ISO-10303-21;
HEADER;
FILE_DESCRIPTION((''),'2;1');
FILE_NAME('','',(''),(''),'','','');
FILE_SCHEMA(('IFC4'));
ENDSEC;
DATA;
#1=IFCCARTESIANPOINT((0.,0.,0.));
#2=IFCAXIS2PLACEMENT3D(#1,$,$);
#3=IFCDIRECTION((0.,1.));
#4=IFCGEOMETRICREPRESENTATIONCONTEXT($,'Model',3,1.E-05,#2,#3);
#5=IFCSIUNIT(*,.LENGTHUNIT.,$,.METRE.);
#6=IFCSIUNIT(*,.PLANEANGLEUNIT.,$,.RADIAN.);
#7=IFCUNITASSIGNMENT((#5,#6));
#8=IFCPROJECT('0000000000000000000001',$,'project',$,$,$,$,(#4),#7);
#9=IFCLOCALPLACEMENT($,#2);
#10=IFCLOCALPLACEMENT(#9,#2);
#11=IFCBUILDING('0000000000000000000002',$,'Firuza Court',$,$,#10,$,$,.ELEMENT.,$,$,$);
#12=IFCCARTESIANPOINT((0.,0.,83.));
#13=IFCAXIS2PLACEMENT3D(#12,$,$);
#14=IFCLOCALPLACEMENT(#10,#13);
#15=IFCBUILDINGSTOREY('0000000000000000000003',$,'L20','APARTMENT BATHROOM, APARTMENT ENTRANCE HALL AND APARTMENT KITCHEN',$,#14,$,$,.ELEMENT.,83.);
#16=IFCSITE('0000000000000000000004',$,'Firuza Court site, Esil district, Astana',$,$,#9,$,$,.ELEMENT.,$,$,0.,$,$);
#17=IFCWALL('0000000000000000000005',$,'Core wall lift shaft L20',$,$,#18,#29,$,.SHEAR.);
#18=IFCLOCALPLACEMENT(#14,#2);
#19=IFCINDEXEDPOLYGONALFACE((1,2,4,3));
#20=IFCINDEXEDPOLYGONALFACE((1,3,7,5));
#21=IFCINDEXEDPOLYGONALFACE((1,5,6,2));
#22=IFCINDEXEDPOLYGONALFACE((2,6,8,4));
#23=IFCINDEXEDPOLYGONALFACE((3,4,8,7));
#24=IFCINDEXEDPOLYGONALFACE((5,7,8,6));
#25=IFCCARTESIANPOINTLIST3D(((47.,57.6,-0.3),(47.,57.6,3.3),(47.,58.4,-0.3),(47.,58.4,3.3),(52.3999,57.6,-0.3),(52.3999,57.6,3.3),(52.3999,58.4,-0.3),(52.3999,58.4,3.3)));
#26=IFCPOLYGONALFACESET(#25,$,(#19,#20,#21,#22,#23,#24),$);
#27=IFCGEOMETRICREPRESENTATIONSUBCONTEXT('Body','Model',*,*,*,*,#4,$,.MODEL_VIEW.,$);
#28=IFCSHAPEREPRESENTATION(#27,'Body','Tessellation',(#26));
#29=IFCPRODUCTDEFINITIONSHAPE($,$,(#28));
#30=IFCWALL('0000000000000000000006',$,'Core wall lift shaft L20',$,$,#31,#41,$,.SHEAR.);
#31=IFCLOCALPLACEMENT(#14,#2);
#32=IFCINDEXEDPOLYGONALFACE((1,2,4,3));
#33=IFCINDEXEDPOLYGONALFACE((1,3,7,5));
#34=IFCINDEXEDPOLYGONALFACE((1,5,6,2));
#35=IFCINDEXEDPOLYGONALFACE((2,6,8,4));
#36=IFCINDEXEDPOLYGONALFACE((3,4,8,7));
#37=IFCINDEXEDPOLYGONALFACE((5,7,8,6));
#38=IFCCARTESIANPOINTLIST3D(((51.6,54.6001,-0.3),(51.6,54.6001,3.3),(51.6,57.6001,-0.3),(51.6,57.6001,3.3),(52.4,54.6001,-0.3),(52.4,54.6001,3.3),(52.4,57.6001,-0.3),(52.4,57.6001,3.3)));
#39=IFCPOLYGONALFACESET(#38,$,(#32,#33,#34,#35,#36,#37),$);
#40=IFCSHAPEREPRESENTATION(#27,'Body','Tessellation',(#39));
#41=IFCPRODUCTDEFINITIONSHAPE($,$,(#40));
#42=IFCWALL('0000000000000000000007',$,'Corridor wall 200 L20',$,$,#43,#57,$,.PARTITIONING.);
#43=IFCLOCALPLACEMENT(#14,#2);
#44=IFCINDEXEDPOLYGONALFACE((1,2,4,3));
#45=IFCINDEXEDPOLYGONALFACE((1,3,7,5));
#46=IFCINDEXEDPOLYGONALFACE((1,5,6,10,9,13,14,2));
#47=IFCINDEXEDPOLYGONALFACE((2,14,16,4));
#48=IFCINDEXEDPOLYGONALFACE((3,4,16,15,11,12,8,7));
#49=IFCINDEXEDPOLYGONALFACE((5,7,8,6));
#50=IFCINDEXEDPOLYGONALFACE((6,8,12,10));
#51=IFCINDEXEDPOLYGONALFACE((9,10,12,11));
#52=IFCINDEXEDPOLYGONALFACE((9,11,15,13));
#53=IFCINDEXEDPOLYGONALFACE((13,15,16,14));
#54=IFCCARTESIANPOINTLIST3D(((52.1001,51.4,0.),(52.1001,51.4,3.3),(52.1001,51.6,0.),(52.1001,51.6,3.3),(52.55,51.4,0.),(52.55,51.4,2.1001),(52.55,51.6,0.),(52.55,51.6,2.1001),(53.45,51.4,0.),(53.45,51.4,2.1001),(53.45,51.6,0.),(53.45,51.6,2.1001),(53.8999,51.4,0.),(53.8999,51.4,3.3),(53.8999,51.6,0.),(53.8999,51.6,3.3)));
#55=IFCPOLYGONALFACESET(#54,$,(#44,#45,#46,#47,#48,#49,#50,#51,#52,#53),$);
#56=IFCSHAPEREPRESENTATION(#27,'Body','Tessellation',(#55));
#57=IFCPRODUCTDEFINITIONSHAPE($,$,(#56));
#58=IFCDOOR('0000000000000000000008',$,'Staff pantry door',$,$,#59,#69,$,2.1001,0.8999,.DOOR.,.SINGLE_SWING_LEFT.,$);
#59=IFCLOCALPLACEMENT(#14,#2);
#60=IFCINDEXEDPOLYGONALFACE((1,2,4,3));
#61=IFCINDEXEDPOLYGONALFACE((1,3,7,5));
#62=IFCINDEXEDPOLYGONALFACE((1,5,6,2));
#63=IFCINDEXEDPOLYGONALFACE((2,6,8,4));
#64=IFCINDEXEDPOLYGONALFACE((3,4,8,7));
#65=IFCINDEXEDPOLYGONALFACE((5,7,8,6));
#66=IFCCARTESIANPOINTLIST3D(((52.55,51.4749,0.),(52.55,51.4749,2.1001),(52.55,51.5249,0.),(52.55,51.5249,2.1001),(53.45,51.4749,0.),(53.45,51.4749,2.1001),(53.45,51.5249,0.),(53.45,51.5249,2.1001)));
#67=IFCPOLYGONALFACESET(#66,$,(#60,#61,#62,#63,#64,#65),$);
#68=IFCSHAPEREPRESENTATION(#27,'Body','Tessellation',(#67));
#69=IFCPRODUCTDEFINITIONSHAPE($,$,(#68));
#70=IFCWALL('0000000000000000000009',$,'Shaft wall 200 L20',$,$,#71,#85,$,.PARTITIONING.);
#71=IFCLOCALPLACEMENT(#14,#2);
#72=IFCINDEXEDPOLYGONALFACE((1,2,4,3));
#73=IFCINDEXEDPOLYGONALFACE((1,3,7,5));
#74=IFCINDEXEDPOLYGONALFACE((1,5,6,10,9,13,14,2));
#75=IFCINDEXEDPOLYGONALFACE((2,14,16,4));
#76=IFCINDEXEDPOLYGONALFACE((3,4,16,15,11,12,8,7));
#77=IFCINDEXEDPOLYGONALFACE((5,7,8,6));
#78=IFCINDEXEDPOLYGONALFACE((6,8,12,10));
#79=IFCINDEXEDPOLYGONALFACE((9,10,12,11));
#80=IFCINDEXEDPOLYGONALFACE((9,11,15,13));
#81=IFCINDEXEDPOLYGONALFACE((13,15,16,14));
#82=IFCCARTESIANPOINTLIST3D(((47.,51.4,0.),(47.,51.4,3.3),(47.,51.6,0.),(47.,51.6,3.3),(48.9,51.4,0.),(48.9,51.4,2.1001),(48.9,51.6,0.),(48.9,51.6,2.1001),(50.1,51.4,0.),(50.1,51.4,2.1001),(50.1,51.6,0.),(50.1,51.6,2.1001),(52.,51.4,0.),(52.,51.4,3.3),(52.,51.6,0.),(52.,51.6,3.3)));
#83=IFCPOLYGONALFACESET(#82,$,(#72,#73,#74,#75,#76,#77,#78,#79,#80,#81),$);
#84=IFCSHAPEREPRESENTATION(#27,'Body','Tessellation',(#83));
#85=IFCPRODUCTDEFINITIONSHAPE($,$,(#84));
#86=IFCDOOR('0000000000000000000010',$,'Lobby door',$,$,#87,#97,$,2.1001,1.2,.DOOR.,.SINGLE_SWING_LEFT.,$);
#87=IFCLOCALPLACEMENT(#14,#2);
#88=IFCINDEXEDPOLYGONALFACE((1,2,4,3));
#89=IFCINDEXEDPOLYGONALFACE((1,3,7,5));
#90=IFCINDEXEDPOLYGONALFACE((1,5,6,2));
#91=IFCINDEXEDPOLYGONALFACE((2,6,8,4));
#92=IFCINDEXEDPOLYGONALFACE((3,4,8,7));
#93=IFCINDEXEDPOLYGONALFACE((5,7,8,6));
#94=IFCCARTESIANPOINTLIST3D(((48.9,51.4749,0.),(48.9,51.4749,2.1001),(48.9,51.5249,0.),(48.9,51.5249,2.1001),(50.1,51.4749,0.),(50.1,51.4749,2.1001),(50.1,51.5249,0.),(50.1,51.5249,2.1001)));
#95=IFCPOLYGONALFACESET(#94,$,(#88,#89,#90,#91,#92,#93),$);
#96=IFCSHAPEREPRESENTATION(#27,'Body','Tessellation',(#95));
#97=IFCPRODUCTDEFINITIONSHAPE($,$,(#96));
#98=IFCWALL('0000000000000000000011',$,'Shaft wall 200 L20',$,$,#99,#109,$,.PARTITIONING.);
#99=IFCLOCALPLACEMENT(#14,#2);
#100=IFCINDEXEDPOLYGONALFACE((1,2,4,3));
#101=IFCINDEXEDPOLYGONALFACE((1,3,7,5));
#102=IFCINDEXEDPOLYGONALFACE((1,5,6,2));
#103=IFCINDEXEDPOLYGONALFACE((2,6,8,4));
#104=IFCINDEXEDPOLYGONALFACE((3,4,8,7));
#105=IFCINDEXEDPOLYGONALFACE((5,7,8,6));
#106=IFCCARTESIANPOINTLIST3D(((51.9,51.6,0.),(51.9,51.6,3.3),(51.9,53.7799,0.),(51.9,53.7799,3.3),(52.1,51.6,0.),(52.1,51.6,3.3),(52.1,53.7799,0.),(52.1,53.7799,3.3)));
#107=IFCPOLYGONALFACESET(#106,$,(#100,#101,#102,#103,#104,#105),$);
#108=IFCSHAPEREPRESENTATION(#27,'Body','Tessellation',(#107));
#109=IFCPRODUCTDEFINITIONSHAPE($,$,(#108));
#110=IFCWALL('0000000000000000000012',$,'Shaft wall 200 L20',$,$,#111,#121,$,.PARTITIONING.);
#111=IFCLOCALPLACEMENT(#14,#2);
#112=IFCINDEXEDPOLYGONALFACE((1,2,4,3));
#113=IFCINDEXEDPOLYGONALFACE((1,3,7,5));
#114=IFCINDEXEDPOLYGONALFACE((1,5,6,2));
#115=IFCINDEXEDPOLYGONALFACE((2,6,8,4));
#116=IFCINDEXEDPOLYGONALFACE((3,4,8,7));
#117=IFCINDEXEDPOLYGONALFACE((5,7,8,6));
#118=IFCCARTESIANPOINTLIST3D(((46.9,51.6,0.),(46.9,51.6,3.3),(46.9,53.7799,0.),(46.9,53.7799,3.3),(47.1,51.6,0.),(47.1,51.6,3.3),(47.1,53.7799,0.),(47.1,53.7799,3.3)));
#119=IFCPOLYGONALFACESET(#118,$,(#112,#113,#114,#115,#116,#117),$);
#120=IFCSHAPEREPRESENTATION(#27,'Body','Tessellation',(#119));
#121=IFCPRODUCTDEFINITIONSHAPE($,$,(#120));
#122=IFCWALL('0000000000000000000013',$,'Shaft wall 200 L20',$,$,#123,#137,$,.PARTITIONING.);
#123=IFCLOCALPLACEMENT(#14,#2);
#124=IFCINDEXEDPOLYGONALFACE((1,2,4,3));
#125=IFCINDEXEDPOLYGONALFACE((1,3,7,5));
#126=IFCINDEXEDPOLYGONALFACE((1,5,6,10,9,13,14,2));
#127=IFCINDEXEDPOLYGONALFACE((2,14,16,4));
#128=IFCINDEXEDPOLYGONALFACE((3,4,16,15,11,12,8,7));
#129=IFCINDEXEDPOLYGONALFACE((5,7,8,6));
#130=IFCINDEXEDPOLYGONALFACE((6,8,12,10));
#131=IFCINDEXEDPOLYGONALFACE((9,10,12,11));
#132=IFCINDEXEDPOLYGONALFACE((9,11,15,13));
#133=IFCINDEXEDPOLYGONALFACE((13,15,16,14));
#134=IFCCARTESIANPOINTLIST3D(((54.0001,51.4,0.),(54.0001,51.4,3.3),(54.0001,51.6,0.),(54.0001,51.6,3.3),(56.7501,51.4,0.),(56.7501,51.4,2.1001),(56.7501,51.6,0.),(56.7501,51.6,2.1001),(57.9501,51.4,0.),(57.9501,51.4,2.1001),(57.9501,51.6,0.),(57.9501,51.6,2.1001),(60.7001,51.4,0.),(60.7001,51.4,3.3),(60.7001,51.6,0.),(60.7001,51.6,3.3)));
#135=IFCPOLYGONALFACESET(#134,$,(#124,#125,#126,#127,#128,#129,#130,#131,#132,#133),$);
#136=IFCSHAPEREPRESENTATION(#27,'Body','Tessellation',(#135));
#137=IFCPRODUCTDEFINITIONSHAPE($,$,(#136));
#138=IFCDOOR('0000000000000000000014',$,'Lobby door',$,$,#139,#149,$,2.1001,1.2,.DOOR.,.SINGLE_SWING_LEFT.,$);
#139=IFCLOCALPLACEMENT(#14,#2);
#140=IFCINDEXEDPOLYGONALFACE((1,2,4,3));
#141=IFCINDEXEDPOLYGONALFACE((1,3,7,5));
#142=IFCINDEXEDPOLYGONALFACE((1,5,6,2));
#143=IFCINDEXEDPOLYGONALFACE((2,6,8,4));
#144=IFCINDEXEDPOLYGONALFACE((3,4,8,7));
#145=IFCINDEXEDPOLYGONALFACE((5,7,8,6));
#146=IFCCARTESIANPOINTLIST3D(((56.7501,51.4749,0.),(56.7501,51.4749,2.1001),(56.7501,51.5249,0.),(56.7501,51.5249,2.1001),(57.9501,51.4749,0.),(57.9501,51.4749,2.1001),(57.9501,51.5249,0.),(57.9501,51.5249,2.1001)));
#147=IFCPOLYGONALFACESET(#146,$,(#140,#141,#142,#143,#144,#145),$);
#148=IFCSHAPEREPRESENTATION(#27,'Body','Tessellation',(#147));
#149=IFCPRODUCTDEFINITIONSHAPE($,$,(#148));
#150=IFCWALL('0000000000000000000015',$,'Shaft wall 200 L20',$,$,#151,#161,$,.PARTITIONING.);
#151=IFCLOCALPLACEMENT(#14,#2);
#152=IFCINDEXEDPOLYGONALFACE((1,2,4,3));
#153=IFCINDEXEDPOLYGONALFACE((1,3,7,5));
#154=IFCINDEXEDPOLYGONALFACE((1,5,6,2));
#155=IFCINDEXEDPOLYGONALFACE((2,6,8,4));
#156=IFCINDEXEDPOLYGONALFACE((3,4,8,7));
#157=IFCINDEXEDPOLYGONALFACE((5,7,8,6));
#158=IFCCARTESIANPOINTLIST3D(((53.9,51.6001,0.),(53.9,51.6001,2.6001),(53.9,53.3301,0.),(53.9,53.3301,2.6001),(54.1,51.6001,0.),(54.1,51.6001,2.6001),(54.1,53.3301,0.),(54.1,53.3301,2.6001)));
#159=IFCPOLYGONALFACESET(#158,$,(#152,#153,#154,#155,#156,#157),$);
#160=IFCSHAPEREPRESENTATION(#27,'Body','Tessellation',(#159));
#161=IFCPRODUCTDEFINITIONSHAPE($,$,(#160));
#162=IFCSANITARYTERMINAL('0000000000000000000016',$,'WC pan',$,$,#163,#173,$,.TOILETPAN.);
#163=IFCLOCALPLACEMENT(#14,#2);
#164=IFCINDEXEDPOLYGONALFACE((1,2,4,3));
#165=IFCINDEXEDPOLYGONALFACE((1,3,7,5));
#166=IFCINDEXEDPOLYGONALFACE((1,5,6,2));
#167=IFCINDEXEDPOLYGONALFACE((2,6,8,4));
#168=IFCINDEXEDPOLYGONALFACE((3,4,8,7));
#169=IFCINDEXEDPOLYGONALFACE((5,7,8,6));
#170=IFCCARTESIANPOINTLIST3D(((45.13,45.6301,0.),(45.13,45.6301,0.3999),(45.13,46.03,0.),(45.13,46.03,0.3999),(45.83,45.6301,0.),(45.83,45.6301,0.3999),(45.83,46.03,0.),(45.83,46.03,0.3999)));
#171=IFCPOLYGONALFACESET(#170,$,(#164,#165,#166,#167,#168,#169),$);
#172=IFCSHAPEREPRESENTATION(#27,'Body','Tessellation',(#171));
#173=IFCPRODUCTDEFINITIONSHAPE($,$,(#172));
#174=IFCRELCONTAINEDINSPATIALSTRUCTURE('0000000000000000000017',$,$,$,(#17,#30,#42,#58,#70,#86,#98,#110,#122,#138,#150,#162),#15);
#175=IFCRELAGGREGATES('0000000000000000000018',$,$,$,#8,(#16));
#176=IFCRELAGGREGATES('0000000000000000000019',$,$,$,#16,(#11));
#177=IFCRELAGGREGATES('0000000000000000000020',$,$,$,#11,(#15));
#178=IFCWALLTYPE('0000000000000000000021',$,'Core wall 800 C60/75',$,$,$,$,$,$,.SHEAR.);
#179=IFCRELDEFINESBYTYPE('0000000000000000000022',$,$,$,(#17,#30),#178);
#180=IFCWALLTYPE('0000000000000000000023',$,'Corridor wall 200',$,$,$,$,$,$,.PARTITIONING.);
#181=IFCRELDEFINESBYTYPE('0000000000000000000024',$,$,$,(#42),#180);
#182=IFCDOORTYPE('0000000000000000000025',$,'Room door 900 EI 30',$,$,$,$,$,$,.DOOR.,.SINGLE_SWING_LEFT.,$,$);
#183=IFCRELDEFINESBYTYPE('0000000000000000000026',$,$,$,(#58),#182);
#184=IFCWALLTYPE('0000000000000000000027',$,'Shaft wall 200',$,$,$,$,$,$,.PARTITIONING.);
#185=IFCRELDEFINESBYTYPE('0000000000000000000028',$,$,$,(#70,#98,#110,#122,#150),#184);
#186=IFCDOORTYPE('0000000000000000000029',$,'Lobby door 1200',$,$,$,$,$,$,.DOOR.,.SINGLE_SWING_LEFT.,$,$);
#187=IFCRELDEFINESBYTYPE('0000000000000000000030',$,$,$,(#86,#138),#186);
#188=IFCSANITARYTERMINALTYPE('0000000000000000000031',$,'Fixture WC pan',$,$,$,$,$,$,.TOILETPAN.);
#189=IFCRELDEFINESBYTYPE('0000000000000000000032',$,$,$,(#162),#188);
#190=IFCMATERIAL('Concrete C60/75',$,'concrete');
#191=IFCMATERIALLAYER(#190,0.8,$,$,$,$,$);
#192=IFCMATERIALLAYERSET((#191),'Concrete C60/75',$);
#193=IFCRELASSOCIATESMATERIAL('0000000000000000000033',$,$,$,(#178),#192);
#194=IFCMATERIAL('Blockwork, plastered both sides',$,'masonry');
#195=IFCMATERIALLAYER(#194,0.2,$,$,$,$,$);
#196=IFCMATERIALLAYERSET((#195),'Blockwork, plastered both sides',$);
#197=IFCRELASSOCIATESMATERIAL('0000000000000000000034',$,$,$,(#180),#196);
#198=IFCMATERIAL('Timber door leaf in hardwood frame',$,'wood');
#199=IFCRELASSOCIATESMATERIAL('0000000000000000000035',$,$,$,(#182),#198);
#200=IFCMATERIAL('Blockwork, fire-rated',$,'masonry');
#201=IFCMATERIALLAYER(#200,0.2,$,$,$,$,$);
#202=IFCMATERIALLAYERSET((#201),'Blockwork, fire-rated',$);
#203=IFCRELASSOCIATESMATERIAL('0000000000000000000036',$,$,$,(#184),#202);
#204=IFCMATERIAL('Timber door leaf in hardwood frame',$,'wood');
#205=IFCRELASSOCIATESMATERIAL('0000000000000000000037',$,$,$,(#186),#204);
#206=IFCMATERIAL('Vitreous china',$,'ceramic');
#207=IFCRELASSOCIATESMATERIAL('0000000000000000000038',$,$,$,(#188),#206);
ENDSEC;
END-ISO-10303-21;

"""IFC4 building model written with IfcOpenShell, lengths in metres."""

from ifc_helpers import new_model, si_unit, direction, frame, frame_2d, origin, origin_2d, place, context, subcontext, project, spatial, rectangle, extrude, material, layer, layer_set, type_object, element, fill, save


model = new_model("IFC4")

# Units and contexts
model_context = context("Model", 3, precision=1e-05, world=origin(), true_north=direction((0.0, 1.0)))
body_context = subcontext(model_context, "Body", "Model", "MODEL_VIEW")
ifc_project = project(units=[si_unit("LENGTHUNIT", "METRE"), si_unit("PLANEANGLEUNIT", "RADIAN")], contexts=[model_context])

# Site, building, storey
site_placement = place(None, origin())
site = spatial("IfcSite", under=ifc_project, at=site_placement, Name="Firuza Court site, Esil district, Astana", CompositionType="ELEMENT", RefElevation=0.0)
building_placement = place(site_placement, origin())
building = spatial("IfcBuilding", under=site, at=building_placement, Name="Firuza Court", CompositionType="ELEMENT")
storey_placement = place(building_placement, frame((0.0, 0.0, 83.0)))
storey = spatial("IfcBuildingStorey", under=building, at=storey_placement, Name="L20", Description="APARTMENT BATHROOM, APARTMENT ENTRANCE HALL AND APARTMENT KITCHEN", CompositionType="ELEMENT", Elevation=83.0)

# Shared definitions
ifc_material_1 = material(Name="Concrete C60/75", Category="concrete")

# Walls
ifc_layer_1 = layer(ifc_material_1, 0.8)
ifc_layer_set_1 = layer_set([ifc_layer_1], Name="Concrete C60/75")
wall_type_1 = type_object("IfcWallType", Name="Core wall 800 C60/75", PredefinedType="SHEAR", material=ifc_layer_set_1)
for number, where, z_axis, x_axis, name in (
    (1, (47.0, 58.0, -0.3), (0.0, 0.0, 1.0), (1.0, 0.0, 0.0), "Core wall lift shaft L20"),
):
    element("IfcWall", number, at=place(storey_placement, frame(where, z_axis=z_axis, x_axis=x_axis)), inside=storey, type_object=wall_type_1, Name=name, PredefinedType="SHEAR", context=body_context, shape_type="SweptSolid", body=[
        extrude(rectangle(XDim=5.3999, YDim=0.8, at=frame_2d((2.7, 0.0))), origin(), (0.0, 0.0, 1.0), 3.6001),
    ])
wall_1_placement = place(storey_placement, frame((52.0, 54.6001, -0.3), z_axis=(0.0, 0.0, 1.0), x_axis=(0.0, 1.0, 0.0)))
element("IfcWall", 2, at=wall_1_placement, inside=storey, type_object=wall_type_1, Name="Core wall lift shaft L20", PredefinedType="SHEAR", context=body_context, shape_type="SweptSolid", body=[
    extrude(rectangle(XDim=3.0, YDim=0.8, at=frame_2d((1.5, 0.0))), origin(), (0.0, 0.0, 1.0), 3.6001),
])

# Walls, openings, doors
ifc_material_2 = material(Name="Blockwork, plastered both sides", Category="masonry")
ifc_layer_2 = layer(ifc_material_2, 0.2)
ifc_layer_set_2 = layer_set([ifc_layer_2], Name="Blockwork, plastered both sides")
wall_type_2 = type_object("IfcWallType", Name="Corridor wall 200", PredefinedType="PARTITIONING", material=ifc_layer_set_2)
wall_2_placement = place(storey_placement, frame((52.1001, 51.5, 0.0), z_axis=(0.0, 0.0, 1.0), x_axis=(1.0, 0.0, 0.0)))
wall_2 = element("IfcWall", 3, at=wall_2_placement, inside=storey, type_object=wall_type_2, Name="Corridor wall 200 L20", PredefinedType="PARTITIONING", context=body_context, shape_type="SweptSolid", body=[
    extrude(rectangle(XDim=1.7998, YDim=0.2, at=frame_2d((0.8999, 0.0))), origin(), (0.0, 0.0, 1.0), 3.3),
])
opening_1_placement = place(wall_2_placement, frame((0.45, 0.0, 0.0)))
opening_1 = element("IfcOpeningElement", 4, at=opening_1_placement, cuts=wall_2, PredefinedType="OPENING", context=body_context, shape_type="SweptSolid", body=[
    extrude(rectangle(XDim=0.8999, YDim=2.1001, at=frame_2d((0.45, 1.05))), frame((0.0, 0.1118, 0.0), z_axis=(0.0, -1.0, 0.0), x_axis=(1.0, 0.0, 0.0)), (0.0, 0.0, 1.0), 0.2239),
])
ifc_material_3 = material(Name="Timber door leaf in hardwood frame", Category="wood")
door_type_1 = type_object("IfcDoorType", Name="Room door 900 EI 30", OperationType="SINGLE_SWING_LEFT", PredefinedType="DOOR", material=ifc_material_3)
door_1_placement = place(opening_1_placement, origin())
door_1 = element("IfcDoor", 5, at=door_1_placement, inside=storey, type_object=door_type_1, Name="Staff pantry door", OperationType="SINGLE_SWING_LEFT", OverallHeight=2.1001, OverallWidth=0.8999, PredefinedType="DOOR", context=body_context, shape_type="SweptSolid", body=[
    extrude(rectangle(XDim=0.8999, YDim=2.1001, at=frame_2d((0.45, 1.05))), frame((0.0, 0.0249, 0.0), z_axis=(0.0, -1.0, 0.0), x_axis=(1.0, 0.0, 0.0)), (0.0, 0.0, 1.0), 0.05),
])
fill(opening_1, door_1)
ifc_material_4 = material(Name="Blockwork, fire-rated", Category="masonry")
ifc_layer_3 = layer(ifc_material_4, 0.2)
ifc_layer_set_3 = layer_set([ifc_layer_3], Name="Blockwork, fire-rated")
wall_type_3 = type_object("IfcWallType", Name="Shaft wall 200", PredefinedType="PARTITIONING", material=ifc_layer_set_3)
wall_3_placement = place(storey_placement, frame((47.0, 51.5, 0.0), z_axis=(0.0, 0.0, 1.0), x_axis=(1.0, 0.0, 0.0)))
wall_3 = element("IfcWall", 6, at=wall_3_placement, inside=storey, type_object=wall_type_3, Name="Shaft wall 200 L20", PredefinedType="PARTITIONING", context=body_context, shape_type="SweptSolid", body=[
    extrude(rectangle(XDim=5.0, YDim=0.2, at=frame_2d((2.5, 0.0))), origin(), (0.0, 0.0, 1.0), 3.3),
])
opening_2_placement = place(wall_3_placement, frame((1.8999, 0.0, 0.0)))
opening_2 = element("IfcOpeningElement", 7, at=opening_2_placement, cuts=wall_3, PredefinedType="OPENING", context=body_context, shape_type="SweptSolid", body=[
    extrude(rectangle(XDim=1.2, YDim=2.1001, at=frame_2d((0.6001, 1.05))), frame((0.0, 0.1118, 0.0), z_axis=(0.0, -1.0, 0.0), x_axis=(1.0, 0.0, 0.0)), (0.0, 0.0, 1.0), 0.2239),
])
ifc_material_5 = material(Name="Timber door leaf in hardwood frame", Category="wood")
door_type_2 = type_object("IfcDoorType", Name="Lobby door 1200", OperationType="SINGLE_SWING_LEFT", PredefinedType="DOOR", material=ifc_material_5)
door_2_placement = place(opening_2_placement, origin())
door_2 = element("IfcDoor", 8, at=door_2_placement, inside=storey, type_object=door_type_2, Name="Lobby door", OperationType="SINGLE_SWING_LEFT", OverallHeight=2.1001, OverallWidth=1.2, PredefinedType="DOOR", context=body_context, shape_type="SweptSolid", body=[
    extrude(rectangle(XDim=1.2, YDim=2.1001, at=frame_2d((0.6001, 1.05))), frame((0.0, 0.0249, 0.0), z_axis=(0.0, -1.0, 0.0), x_axis=(1.0, 0.0, 0.0)), (0.0, 0.0, 1.0), 0.05),
])
fill(opening_2, door_2)

# Walls
for number, where, z_axis, x_axis, name in (
    (9, (52.0, 51.6001, 0.0), (0.0, 0.0, 1.0), (0.0, 1.0, 0.0), "Shaft wall 200 L20"),
    (10, (47.0, 51.6001, 0.0), (0.0, 0.0, 1.0), (0.0, 1.0, 0.0), "Shaft wall 200 L20"),
):
    element("IfcWall", number, at=place(storey_placement, frame(where, z_axis=z_axis, x_axis=x_axis)), inside=storey, type_object=wall_type_3, Name=name, PredefinedType="PARTITIONING", context=body_context, shape_type="SweptSolid", body=[
        extrude(rectangle(XDim=2.1799, YDim=0.2, at=frame_2d((1.0898, 0.0))), origin(), (0.0, 0.0, 1.0), 3.3),
    ])

# Wall, opening, door
wall_4_placement = place(storey_placement, frame((54.0, 51.5, 0.0), z_axis=(0.0, 0.0, 1.0), x_axis=(1.0, 0.0, 0.0)))
wall_4 = element("IfcWall", 11, at=wall_4_placement, inside=storey, type_object=wall_type_3, Name="Shaft wall 200 L20", PredefinedType="PARTITIONING", context=body_context, shape_type="SweptSolid", body=[
    extrude(rectangle(XDim=6.7, YDim=0.2, at=frame_2d((3.3501, 0.0))), origin(), (0.0, 0.0, 1.0), 3.3),
])
opening_3_placement = place(wall_4_placement, frame((2.75, 0.0, 0.0)))
opening_3 = element("IfcOpeningElement", 12, at=opening_3_placement, cuts=wall_4, PredefinedType="OPENING", context=body_context, shape_type="SweptSolid", body=[
    extrude(rectangle(XDim=1.2, YDim=2.1001, at=frame_2d((0.6001, 1.05))), frame((0.0, 0.1118, 0.0), z_axis=(0.0, -1.0, 0.0), x_axis=(1.0, 0.0, 0.0)), (0.0, 0.0, 1.0), 0.2239),
])
door_3_placement = place(opening_3_placement, origin())
door_3 = element("IfcDoor", 13, at=door_3_placement, inside=storey, type_object=door_type_2, Name="Lobby door", OperationType="SINGLE_SWING_LEFT", OverallHeight=2.1001, OverallWidth=1.2, PredefinedType="DOOR", context=body_context, shape_type="SweptSolid", body=[
    extrude(rectangle(XDim=1.2, YDim=2.1001, at=frame_2d((0.6001, 1.05))), frame((0.0, 0.0249, 0.0), z_axis=(0.0, -1.0, 0.0), x_axis=(1.0, 0.0, 0.0)), (0.0, 0.0, 1.0), 0.05),
])
fill(opening_3, door_3)

# Wall
wall_5_placement = place(storey_placement, frame((54.0, 51.6001, 0.0), z_axis=(0.0, 0.0, 1.0), x_axis=(0.0, 1.0, 0.0)))
element("IfcWall", 14, at=wall_5_placement, inside=storey, type_object=wall_type_3, Name="Shaft wall 200 L20", PredefinedType="PARTITIONING", context=body_context, shape_type="SweptSolid", body=[
    extrude(rectangle(XDim=1.73, YDim=0.2, at=frame_2d((0.865, 0.0))), origin(), (0.0, 0.0, 1.0), 2.6001),
])

# Sanitary terminal
ifc_material_6 = material(Name="Vitreous china", Category="ceramic")
sanitary_terminal_type_1 = type_object("IfcSanitaryTerminalType", Name="Fixture WC pan", PredefinedType="TOILETPAN", material=ifc_material_6)
sanitary_terminal_1_placement = place(storey_placement, frame((45.48, 45.8301, 0.0), z_axis=(0.0, 0.0, 1.0), x_axis=(1.0, 0.0, 0.0)))
element("IfcSanitaryTerminal", 15, at=sanitary_terminal_1_placement, inside=storey, type_object=sanitary_terminal_type_1, Name="WC pan", PredefinedType="TOILETPAN", context=body_context, shape_type="SweptSolid", body=[
    extrude(rectangle(XDim=0.7, YDim=0.3999, at=origin_2d()), origin(), (0.0, 0.0, 1.0), 0.3999),
])

save(model, "model.ifc")
